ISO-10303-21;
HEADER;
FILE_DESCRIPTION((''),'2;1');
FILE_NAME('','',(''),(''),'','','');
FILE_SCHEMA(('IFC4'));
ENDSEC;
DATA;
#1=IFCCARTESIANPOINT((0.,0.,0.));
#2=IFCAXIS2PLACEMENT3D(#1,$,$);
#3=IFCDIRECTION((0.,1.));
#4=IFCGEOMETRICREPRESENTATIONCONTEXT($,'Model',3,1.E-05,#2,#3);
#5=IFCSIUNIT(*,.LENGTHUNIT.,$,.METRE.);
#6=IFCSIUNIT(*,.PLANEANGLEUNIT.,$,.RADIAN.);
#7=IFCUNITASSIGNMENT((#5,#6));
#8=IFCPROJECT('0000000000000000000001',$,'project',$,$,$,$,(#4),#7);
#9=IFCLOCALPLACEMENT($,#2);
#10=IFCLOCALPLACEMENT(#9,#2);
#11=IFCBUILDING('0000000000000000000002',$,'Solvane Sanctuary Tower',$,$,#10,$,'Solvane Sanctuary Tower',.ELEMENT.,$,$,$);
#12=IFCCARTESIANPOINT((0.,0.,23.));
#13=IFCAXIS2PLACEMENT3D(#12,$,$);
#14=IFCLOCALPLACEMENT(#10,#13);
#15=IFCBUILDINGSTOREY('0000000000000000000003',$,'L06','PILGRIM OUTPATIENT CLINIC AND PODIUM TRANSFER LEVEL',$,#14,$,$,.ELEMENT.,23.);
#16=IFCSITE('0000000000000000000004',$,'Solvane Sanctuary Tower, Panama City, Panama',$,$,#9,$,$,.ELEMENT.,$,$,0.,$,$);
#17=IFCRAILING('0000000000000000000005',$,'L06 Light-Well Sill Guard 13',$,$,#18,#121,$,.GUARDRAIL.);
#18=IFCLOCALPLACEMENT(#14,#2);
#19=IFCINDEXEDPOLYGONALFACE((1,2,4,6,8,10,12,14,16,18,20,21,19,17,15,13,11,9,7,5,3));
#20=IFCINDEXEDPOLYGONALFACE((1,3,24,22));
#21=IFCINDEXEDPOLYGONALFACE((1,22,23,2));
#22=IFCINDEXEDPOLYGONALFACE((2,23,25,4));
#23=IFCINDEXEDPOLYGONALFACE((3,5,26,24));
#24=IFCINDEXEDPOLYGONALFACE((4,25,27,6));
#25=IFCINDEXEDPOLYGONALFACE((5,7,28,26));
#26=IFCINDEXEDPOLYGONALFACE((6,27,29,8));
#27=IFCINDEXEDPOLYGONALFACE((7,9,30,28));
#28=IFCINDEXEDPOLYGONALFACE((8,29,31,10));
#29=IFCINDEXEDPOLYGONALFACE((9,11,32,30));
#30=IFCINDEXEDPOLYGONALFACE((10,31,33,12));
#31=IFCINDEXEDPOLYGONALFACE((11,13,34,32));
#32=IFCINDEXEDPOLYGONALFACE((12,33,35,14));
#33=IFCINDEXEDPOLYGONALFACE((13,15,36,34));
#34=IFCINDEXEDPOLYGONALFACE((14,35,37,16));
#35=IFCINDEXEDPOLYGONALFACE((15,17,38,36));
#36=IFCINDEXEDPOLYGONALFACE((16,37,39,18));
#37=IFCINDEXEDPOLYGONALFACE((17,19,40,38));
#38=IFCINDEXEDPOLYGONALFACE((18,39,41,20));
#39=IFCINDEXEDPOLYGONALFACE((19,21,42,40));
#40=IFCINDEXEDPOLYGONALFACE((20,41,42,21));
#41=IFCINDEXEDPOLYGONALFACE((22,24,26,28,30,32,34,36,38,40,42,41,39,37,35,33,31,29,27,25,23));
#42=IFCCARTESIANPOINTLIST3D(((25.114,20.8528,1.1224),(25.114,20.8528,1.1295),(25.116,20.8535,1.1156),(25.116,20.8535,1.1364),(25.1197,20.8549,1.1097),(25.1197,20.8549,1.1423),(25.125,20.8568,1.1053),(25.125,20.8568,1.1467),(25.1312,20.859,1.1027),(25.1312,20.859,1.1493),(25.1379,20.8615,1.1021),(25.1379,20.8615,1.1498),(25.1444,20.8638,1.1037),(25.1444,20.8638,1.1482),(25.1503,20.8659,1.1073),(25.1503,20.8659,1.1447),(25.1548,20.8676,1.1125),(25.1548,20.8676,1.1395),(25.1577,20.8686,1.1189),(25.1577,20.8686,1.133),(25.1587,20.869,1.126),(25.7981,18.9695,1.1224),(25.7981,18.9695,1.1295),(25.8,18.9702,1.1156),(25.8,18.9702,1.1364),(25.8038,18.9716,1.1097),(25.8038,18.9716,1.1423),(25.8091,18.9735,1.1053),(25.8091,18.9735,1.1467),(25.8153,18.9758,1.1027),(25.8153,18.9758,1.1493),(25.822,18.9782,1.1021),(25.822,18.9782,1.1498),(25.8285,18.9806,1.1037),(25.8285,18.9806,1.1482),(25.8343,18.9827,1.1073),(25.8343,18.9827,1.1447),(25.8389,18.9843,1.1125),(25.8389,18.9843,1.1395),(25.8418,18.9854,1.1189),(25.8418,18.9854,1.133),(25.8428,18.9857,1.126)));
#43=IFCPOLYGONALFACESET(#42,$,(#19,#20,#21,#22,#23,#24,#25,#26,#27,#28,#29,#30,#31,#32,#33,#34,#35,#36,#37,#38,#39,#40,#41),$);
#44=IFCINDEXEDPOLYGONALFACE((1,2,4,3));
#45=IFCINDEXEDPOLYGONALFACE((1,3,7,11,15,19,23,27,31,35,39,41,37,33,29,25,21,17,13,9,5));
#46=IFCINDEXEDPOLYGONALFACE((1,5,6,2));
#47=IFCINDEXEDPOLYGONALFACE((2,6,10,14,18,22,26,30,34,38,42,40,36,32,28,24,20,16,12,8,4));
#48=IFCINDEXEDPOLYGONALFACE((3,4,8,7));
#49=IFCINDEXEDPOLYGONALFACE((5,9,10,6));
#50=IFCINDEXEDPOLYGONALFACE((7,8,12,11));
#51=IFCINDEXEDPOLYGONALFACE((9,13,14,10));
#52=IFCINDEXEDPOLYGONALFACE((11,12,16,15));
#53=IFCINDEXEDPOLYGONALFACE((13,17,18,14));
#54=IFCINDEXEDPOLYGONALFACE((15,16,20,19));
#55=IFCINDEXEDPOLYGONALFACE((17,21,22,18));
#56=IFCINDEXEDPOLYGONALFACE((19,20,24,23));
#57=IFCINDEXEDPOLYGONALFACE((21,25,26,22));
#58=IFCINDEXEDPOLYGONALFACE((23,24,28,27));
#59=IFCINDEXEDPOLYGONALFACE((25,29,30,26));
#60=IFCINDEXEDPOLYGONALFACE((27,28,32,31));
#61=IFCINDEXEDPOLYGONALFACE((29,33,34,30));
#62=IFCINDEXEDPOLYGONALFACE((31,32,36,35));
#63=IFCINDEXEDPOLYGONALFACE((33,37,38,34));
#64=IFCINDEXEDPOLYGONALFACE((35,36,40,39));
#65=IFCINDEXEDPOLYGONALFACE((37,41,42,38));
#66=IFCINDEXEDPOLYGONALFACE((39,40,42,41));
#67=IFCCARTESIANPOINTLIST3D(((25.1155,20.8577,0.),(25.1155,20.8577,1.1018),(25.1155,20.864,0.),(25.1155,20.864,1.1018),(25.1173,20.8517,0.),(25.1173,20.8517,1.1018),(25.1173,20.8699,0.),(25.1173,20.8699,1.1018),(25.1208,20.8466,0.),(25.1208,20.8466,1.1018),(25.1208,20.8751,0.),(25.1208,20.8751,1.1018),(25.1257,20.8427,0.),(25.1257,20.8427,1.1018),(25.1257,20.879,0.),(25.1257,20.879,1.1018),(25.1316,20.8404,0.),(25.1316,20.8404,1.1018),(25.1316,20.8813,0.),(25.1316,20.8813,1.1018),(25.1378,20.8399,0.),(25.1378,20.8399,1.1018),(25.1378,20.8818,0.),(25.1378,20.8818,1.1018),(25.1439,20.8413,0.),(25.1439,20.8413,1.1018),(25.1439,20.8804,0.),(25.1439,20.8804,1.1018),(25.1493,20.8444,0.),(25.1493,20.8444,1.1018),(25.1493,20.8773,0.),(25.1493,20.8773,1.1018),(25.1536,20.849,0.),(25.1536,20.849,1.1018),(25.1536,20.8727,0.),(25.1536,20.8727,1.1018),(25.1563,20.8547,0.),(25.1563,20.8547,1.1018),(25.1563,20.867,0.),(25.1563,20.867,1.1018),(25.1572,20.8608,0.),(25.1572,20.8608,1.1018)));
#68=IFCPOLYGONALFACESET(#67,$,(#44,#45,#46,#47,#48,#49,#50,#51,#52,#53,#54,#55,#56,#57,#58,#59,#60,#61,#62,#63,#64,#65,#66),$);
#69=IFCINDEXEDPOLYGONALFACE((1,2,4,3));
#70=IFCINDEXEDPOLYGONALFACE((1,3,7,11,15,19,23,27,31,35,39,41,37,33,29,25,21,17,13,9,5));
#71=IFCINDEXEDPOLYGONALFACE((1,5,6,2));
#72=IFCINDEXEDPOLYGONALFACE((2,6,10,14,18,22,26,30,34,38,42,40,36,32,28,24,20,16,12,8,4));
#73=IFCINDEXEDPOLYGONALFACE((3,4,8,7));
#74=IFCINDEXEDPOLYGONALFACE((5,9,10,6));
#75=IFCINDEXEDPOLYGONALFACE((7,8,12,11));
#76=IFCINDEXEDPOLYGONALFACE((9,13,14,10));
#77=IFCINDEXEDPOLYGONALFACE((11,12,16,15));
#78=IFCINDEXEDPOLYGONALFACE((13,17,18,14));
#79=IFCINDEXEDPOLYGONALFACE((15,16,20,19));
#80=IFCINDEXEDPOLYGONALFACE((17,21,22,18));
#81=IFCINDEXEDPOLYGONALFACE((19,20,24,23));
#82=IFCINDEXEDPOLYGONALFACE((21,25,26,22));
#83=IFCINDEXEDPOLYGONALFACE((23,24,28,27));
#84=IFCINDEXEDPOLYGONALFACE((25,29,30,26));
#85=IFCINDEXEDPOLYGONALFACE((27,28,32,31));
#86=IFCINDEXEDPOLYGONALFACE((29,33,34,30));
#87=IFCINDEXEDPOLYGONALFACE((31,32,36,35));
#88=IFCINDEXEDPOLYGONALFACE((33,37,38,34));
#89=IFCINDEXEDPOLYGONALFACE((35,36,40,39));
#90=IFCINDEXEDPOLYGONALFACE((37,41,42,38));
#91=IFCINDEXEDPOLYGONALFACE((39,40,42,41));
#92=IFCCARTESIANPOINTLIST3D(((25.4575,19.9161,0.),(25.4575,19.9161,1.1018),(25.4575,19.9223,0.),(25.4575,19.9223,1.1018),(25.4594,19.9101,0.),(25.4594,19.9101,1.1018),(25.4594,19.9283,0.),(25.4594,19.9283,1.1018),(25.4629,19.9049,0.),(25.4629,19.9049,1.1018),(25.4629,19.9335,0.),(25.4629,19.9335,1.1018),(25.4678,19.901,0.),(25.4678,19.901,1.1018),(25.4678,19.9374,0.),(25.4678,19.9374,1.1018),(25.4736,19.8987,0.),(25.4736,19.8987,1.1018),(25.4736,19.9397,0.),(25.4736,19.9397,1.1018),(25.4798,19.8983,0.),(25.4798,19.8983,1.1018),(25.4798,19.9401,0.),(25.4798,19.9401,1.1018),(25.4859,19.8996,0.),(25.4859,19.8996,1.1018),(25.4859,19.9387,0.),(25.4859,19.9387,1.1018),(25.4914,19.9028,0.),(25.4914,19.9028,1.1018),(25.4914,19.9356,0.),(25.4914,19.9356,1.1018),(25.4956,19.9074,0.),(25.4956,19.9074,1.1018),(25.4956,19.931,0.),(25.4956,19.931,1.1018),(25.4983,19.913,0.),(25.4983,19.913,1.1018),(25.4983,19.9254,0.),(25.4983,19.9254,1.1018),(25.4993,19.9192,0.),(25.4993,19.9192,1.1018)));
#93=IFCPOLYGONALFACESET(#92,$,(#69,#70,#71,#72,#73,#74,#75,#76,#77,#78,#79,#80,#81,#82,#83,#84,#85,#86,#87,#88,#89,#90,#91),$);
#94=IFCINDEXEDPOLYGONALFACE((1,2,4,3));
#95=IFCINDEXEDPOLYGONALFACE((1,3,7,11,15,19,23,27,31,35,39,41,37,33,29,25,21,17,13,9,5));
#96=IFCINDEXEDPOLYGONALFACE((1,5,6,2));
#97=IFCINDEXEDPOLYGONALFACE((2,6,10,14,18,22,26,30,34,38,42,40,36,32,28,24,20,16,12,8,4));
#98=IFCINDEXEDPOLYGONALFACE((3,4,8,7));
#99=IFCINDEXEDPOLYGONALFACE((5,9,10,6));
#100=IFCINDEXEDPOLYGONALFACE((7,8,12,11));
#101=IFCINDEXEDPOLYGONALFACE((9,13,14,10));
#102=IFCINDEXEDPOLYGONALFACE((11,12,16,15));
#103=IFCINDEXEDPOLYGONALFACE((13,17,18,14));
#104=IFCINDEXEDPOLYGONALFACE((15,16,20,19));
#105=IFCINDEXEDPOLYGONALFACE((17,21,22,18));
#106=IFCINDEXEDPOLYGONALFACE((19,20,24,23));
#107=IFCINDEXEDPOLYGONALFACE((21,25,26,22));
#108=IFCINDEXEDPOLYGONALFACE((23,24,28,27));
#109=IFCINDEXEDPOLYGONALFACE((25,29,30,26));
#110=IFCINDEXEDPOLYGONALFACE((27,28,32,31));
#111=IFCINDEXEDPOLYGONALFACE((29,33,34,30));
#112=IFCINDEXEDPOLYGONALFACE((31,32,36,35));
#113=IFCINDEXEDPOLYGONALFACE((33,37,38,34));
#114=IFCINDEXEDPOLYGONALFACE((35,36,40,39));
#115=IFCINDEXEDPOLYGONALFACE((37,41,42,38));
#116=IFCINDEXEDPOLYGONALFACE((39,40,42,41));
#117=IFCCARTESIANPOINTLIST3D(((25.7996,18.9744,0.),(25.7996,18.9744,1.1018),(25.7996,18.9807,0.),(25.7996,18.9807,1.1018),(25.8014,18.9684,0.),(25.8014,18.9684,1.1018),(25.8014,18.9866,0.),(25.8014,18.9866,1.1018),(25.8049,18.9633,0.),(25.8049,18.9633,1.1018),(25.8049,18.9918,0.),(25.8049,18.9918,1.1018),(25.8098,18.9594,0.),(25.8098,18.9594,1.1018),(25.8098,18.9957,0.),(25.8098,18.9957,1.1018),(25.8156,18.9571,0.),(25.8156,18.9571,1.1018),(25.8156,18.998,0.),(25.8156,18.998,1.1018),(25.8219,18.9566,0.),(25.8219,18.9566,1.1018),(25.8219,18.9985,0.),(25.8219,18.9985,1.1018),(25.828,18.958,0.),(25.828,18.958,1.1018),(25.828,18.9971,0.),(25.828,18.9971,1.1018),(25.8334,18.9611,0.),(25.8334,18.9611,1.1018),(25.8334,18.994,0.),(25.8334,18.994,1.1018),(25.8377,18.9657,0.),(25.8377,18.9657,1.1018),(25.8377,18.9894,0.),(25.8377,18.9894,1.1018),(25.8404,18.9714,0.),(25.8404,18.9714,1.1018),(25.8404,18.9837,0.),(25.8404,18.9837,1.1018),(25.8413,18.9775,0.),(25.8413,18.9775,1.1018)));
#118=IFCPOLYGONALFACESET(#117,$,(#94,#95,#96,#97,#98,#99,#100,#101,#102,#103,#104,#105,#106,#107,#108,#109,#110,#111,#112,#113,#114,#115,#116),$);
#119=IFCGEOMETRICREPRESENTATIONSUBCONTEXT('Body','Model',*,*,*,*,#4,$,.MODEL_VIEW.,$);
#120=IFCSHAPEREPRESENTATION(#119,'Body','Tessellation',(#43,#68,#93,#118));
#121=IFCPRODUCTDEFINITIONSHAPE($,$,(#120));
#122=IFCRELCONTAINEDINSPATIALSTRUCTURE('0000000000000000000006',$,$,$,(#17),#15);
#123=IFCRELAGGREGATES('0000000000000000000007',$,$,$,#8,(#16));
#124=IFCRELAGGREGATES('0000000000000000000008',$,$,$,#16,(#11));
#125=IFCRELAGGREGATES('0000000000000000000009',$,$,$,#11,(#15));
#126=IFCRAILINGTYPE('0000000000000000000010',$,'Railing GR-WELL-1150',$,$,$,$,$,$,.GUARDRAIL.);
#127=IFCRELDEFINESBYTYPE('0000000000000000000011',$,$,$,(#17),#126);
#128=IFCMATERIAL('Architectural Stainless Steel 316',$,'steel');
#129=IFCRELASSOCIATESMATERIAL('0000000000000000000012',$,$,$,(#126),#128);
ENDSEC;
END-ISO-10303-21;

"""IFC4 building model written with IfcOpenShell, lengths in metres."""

from ifc_helpers import new_model, si_unit, direction, frame, origin, origin_2d, place, context, subcontext, project, spatial, circle, extrude, material, type_object, element, save


model = new_model("IFC4")

# Units and contexts
model_context = context("Model", 3, precision=1e-05, world=origin(), true_north=direction((0.0, 1.0)))
body_context = subcontext(model_context, "Body", "Model", "MODEL_VIEW")
ifc_project = project(units=[si_unit("LENGTHUNIT", "METRE"), si_unit("PLANEANGLEUNIT", "RADIAN")], contexts=[model_context])

# Site, building, storey
site_placement = place(None, origin())
site = spatial("IfcSite", under=ifc_project, at=site_placement, Name="Solvane Sanctuary Tower, Panama City, Panama", CompositionType="ELEMENT", RefElevation=0.0)
building_placement = place(site_placement, origin())
building = spatial("IfcBuilding", under=site, at=building_placement, Name="Solvane Sanctuary Tower", LongName="Solvane Sanctuary Tower", CompositionType="ELEMENT")
storey_placement = place(building_placement, frame((0.0, 0.0, 23.0)))
storey = spatial("IfcBuildingStorey", under=building, at=storey_placement, Name="L06", Description="PILGRIM OUTPATIENT CLINIC AND PODIUM TRANSFER LEVEL", CompositionType="ELEMENT", Elevation=23.0)

# Shared definitions
ifc_material_1 = material(Name="Architectural Stainless Steel 316", Category="steel")

# Railing
railing_type = type_object("IfcRailingType", Name="Railing GR-WELL-1150", PredefinedType="GUARDRAIL", material=ifc_material_1)
railing_1_placement = place(storey_placement, frame((25.1362, 20.8608, 0.0)))
element("IfcRailing", 1, at=railing_1_placement, inside=storey, type_object=railing_type, Name="L06 Light-Well Sill Guard 13", PredefinedType="GUARDRAIL", context=body_context, shape_type="SweptSolid", body=[
    extrude(circle(Radius=0.0239, at=origin_2d()), frame((0.0, 0.0, 1.126), z_axis=(0.34141, -0.939914, 0.0), x_axis=(0.939914, 0.34141, 0.0)), (0.0, 0.0, 1.0), 2.0037),
    extrude(circle(Radius=0.021, at=origin_2d()), origin(), (0.0, 0.0, 1.0), 1.1018),
    extrude(circle(Radius=0.021, at=origin_2d()), frame((0.342, -0.9417, 0.0)), (0.0, 0.0, 1.0), 1.1018),
    extrude(circle(Radius=0.021, at=origin_2d()), frame((0.6841, -1.8833, 0.0)), (0.0, 0.0, 1.0), 1.1018),
])

save(model, "model.ifc")
